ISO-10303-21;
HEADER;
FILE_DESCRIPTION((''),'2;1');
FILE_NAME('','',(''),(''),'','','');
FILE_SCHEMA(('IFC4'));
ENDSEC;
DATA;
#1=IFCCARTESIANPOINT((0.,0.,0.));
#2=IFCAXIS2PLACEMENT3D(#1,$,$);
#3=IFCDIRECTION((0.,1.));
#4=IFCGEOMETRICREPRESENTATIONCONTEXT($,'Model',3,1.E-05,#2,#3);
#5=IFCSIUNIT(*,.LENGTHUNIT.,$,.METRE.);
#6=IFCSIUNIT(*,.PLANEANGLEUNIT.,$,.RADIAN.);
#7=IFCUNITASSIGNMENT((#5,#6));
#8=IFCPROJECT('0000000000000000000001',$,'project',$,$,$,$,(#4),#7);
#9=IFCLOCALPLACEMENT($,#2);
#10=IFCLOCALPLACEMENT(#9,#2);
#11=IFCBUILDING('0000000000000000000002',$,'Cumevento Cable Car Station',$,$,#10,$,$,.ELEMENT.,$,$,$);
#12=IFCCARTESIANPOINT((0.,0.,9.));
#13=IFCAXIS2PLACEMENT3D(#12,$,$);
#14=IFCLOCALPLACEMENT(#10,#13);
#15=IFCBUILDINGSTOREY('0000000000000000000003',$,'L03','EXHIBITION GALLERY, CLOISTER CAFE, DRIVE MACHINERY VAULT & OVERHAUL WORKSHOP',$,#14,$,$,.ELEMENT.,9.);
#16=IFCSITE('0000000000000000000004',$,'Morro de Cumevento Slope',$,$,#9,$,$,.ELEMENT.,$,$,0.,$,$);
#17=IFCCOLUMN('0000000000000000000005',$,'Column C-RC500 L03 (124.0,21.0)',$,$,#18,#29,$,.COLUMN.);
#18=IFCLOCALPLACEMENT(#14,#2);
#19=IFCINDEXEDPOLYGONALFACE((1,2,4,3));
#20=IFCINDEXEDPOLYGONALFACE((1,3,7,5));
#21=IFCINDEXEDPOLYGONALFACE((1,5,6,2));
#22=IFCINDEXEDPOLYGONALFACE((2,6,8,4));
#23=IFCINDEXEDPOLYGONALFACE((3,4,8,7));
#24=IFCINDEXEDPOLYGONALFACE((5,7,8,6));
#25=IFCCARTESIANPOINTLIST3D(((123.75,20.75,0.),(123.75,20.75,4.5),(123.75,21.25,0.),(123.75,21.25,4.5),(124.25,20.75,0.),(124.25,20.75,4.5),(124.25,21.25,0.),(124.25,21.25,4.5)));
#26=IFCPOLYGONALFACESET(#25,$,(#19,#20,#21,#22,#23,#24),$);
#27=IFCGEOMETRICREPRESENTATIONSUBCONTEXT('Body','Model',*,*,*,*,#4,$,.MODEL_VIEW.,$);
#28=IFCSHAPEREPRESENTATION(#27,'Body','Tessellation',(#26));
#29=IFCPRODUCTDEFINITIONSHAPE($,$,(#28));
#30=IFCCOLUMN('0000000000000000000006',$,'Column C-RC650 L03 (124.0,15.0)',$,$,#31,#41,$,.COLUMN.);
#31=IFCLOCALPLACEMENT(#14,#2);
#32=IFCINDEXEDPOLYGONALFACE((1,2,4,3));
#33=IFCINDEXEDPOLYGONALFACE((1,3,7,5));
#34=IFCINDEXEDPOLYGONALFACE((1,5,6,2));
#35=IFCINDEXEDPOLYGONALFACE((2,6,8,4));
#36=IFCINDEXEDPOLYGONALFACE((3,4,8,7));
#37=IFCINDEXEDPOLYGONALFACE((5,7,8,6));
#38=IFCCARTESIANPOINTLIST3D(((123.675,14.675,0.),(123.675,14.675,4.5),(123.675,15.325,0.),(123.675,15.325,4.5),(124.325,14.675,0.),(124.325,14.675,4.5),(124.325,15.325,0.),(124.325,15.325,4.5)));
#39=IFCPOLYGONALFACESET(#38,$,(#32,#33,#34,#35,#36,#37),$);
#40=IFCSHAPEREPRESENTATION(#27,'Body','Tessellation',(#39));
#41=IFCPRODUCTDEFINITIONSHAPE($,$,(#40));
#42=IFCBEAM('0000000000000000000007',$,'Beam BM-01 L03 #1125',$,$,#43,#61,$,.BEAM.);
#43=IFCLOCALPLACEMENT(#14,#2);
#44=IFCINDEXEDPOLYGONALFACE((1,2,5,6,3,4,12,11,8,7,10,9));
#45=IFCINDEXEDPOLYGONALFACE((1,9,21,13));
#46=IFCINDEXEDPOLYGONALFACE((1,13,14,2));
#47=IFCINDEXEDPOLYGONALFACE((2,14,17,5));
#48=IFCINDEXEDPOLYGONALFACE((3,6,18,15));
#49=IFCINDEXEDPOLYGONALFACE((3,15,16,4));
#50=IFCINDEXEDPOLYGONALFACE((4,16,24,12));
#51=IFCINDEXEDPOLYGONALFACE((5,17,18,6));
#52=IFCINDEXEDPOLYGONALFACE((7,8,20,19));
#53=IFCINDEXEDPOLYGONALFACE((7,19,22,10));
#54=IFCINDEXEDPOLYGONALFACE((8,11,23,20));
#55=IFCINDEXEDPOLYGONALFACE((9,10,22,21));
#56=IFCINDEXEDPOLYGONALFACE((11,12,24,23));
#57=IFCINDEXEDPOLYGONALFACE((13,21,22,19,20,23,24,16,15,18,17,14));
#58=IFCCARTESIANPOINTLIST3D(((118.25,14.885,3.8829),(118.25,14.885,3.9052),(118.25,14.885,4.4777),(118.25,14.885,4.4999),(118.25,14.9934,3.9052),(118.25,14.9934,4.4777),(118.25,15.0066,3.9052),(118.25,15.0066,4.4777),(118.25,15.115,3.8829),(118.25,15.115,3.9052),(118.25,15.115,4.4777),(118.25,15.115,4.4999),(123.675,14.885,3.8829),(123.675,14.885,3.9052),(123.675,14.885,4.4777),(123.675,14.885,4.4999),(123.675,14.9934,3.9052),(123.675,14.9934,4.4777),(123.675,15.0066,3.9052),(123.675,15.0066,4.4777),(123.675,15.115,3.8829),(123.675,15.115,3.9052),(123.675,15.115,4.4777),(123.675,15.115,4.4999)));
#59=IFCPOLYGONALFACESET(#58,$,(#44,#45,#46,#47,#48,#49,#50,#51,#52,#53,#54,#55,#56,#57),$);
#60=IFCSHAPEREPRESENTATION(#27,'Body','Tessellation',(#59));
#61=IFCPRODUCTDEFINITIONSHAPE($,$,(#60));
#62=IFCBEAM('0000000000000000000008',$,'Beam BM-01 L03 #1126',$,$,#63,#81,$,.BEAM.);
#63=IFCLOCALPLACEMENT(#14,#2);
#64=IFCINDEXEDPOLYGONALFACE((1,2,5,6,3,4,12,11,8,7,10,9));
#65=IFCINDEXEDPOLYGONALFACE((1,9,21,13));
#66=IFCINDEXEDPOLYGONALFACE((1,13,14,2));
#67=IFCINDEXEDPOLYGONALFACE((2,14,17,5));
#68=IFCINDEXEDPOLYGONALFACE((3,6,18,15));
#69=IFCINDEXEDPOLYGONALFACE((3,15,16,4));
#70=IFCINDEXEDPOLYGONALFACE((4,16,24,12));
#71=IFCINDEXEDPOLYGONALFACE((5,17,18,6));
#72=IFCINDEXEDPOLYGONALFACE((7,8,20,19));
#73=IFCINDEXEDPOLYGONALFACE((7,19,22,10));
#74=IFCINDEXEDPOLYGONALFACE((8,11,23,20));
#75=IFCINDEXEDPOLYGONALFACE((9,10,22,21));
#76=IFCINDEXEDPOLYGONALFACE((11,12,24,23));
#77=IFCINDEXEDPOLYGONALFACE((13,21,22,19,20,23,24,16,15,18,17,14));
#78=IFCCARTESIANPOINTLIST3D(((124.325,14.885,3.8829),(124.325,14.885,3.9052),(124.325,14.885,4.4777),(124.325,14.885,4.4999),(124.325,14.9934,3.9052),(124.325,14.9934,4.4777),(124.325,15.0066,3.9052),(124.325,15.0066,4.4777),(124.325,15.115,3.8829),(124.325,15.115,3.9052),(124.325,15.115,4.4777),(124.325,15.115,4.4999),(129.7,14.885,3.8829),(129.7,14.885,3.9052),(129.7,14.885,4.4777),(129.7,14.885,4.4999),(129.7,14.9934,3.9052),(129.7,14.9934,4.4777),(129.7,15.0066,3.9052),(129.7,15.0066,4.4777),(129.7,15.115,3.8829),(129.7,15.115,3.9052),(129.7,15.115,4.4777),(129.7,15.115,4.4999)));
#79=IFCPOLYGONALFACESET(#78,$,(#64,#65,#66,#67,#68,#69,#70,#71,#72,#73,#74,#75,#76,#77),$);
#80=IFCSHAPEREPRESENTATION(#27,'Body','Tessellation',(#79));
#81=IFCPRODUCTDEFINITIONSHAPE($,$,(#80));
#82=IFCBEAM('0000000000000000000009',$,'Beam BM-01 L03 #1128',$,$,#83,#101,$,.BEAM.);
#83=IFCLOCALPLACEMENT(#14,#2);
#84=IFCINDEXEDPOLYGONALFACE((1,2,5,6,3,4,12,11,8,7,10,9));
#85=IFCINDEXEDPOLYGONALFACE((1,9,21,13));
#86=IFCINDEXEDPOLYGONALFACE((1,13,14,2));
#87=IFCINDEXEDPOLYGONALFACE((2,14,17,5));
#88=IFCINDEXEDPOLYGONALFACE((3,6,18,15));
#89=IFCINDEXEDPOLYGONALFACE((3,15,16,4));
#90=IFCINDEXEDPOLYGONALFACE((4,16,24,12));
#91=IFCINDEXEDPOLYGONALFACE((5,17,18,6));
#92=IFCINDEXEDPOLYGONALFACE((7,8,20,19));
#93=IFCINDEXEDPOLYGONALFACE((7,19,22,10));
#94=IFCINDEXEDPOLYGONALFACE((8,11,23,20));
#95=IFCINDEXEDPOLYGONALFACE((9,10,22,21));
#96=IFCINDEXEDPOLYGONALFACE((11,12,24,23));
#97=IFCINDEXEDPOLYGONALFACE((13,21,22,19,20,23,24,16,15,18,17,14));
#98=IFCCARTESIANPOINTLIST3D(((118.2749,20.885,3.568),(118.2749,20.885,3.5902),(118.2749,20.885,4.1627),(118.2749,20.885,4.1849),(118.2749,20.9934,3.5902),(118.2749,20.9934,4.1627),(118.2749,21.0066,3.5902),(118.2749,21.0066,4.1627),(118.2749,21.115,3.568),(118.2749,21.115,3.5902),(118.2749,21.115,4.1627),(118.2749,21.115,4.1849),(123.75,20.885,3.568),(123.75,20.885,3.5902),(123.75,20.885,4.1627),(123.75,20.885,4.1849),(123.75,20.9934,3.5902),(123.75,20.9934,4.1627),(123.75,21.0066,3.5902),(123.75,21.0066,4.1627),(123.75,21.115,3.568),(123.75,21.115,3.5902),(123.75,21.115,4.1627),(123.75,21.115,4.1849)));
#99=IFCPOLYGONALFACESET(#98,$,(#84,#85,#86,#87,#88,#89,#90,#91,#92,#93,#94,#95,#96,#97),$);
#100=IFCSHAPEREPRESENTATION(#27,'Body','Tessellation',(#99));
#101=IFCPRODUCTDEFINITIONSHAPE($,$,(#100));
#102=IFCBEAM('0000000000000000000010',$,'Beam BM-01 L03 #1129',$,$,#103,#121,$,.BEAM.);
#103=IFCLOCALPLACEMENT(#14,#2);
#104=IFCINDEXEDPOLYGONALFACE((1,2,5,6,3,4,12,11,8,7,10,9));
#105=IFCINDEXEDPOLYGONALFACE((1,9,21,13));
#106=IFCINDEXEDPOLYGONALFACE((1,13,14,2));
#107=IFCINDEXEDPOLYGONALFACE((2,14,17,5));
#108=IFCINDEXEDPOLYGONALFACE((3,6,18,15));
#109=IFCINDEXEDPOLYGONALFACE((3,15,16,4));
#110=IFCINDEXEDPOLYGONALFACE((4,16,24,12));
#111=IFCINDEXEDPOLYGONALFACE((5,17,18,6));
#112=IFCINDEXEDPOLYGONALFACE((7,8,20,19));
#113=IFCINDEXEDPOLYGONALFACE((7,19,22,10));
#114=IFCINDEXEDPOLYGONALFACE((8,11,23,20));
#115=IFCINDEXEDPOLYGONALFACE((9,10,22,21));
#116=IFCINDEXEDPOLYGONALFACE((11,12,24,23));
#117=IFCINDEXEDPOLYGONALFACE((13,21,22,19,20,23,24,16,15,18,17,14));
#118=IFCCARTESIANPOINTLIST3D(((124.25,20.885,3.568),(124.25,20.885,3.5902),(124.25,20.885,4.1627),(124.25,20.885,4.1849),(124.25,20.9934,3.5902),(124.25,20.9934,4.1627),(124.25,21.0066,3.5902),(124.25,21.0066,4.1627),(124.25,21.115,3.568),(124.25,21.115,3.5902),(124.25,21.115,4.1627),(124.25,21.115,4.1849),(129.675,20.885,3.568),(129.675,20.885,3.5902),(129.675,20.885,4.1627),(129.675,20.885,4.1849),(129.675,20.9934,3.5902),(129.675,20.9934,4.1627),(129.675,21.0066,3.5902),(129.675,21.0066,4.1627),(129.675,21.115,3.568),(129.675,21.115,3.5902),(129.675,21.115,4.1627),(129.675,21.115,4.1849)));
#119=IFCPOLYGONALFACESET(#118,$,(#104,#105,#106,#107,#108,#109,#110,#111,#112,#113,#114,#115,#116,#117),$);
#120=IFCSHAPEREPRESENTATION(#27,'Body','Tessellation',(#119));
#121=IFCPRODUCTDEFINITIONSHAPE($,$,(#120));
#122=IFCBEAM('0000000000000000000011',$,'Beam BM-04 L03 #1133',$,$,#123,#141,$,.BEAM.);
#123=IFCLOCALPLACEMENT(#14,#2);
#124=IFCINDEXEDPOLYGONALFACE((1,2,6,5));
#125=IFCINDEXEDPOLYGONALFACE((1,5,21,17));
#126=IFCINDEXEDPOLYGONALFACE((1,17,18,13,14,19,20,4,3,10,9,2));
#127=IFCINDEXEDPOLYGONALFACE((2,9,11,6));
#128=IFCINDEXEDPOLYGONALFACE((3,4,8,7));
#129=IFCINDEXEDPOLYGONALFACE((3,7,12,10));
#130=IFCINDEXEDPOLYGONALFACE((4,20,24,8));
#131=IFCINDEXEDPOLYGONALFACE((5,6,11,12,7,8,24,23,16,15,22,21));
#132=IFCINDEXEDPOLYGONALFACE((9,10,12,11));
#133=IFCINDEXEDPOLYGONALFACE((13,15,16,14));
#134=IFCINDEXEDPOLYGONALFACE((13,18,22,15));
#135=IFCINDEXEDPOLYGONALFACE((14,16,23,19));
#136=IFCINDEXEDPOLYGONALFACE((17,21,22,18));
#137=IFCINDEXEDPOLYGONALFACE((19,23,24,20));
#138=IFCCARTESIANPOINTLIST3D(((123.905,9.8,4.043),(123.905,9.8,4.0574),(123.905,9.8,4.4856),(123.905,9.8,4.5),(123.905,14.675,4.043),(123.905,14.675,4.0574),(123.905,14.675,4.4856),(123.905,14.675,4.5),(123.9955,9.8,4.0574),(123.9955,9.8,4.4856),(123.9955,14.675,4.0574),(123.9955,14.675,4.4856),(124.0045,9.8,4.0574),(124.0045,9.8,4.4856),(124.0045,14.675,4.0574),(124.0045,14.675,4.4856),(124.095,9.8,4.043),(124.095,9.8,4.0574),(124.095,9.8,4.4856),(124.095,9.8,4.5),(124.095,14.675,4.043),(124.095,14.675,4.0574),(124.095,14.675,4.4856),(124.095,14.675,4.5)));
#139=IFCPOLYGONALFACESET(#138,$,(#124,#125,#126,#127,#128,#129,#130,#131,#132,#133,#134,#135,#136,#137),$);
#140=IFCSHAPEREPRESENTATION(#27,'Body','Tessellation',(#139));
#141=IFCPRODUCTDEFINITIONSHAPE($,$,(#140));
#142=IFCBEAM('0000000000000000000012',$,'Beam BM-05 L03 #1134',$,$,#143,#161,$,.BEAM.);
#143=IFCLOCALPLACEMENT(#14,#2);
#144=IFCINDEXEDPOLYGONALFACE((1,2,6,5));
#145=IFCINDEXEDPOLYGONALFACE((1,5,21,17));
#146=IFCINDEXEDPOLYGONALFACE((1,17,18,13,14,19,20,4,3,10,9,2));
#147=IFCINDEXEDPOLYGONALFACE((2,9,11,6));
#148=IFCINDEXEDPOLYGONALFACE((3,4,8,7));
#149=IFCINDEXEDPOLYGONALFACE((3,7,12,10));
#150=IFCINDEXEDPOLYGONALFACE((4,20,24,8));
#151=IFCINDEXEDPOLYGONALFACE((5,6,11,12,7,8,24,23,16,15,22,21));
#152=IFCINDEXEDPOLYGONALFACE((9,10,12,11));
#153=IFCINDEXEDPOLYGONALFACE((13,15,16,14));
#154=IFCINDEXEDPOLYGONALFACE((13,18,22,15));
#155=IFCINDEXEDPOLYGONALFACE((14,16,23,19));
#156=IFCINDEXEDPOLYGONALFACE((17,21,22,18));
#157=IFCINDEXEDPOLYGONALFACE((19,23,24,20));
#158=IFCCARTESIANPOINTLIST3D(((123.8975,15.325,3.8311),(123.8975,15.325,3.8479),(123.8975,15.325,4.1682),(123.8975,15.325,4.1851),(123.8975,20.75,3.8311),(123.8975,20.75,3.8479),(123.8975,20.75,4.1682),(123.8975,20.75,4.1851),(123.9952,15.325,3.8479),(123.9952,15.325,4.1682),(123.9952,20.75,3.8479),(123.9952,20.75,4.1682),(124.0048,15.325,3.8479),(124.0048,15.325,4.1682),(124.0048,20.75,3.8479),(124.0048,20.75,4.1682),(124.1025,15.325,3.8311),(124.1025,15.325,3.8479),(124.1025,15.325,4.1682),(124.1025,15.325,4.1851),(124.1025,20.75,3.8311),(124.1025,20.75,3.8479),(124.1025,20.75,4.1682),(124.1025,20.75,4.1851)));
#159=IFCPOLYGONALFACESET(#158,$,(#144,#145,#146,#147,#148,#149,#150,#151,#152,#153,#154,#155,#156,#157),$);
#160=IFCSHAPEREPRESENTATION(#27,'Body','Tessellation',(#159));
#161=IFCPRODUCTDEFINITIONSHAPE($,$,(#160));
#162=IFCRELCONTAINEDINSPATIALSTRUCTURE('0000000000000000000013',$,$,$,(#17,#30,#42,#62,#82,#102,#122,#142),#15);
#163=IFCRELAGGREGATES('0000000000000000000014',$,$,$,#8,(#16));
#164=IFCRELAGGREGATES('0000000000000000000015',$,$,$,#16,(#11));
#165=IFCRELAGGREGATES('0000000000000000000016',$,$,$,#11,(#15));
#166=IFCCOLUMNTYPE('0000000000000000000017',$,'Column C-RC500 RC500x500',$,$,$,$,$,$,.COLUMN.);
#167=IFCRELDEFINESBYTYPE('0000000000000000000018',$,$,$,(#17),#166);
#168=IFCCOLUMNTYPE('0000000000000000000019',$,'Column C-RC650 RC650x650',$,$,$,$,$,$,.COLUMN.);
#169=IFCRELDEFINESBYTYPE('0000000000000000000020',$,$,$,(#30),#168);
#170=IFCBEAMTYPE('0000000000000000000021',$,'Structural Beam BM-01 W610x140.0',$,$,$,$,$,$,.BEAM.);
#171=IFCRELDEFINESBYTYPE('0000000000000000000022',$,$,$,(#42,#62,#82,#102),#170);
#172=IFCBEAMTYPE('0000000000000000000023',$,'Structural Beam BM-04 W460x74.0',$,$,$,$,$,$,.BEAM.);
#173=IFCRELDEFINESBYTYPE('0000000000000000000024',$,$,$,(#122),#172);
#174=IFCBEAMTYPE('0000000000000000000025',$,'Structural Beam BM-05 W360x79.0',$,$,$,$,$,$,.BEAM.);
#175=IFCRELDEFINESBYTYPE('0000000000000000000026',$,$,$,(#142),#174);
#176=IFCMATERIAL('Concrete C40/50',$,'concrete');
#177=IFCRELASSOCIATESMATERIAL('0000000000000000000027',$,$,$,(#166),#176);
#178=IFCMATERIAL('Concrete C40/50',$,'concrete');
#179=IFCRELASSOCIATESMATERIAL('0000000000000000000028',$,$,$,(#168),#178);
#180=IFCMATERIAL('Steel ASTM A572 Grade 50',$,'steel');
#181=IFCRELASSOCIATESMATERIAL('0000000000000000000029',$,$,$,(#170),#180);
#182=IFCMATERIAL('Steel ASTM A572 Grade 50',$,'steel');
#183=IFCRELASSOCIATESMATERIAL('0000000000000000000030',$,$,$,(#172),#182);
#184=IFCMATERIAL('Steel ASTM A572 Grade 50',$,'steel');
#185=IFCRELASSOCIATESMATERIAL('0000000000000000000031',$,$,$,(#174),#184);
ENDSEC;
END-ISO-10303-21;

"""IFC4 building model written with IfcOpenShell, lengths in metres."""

from ifc_helpers import new_model, si_unit, direction, frame, origin, origin_2d, place, context, subcontext, project, spatial, rectangle, i_section, extrude, material, material_profile, profile_set, type_object, element, save


model = new_model("IFC4")

# Units and contexts
model_context = context("Model", 3, precision=1e-05, world=origin(), true_north=direction((0.0, 1.0)))
body_context = subcontext(model_context, "Body", "Model", "MODEL_VIEW")
ifc_project = project(units=[si_unit("LENGTHUNIT", "METRE"), si_unit("PLANEANGLEUNIT", "RADIAN")], contexts=[model_context])

# Site, building, storey
site_placement = place(None, origin())
site = spatial("IfcSite", under=ifc_project, at=site_placement, Name="Morro de Cumevento Slope", CompositionType="ELEMENT", RefElevation=0.0)
building_placement = place(site_placement, origin())
building = spatial("IfcBuilding", under=site, at=building_placement, Name="Cumevento Cable Car Station", CompositionType="ELEMENT")
storey_placement = place(building_placement, frame((0.0, 0.0, 9.0)))
storey = spatial("IfcBuildingStorey", under=building, at=storey_placement, Name="L03", Description="EXHIBITION GALLERY, CLOISTER CAFE, DRIVE MACHINERY VAULT & OVERHAUL WORKSHOP", CompositionType="ELEMENT", Elevation=9.0)

# Columns
ifc_material_1 = material(Name="Concrete C40/50", Category="concrete")
ifc_material_profile_1 = material_profile(ifc_material_1, rectangle(XDim=0.5, YDim=0.5, at=origin_2d()), Name="RC500x500")
ifc_profile_set_1 = profile_set([ifc_material_profile_1], Name="Concrete C40/50")
column_type_1 = type_object("IfcColumnType", Name="Column C-RC500 RC500x500", PredefinedType="COLUMN", material=ifc_profile_set_1)
column_1_placement = place(storey_placement, frame((124.0, 21.0, 0.0), z_axis=(0.0, 0.0, 1.0), x_axis=(1.0, 0.0, 0.0)))
element("IfcColumn", 1, at=column_1_placement, inside=storey, type_object=column_type_1, Name="Column C-RC500 L03 (124.0,21.0)", PredefinedType="COLUMN", context=body_context, shape_type="SweptSolid", body=[
    extrude(rectangle(XDim=0.5, YDim=0.5, at=origin_2d()), origin(), (0.0, 0.0, 1.0), 4.5),
])
ifc_material_2 = material(Name="Concrete C40/50", Category="concrete")
ifc_material_profile_2 = material_profile(ifc_material_2, rectangle(XDim=0.6499, YDim=0.6499, at=origin_2d()), Name="RC650x650")
ifc_profile_set_2 = profile_set([ifc_material_profile_2], Name="Concrete C40/50")
column_type_2 = type_object("IfcColumnType", Name="Column C-RC650 RC650x650", PredefinedType="COLUMN", material=ifc_profile_set_2)
column_2_placement = place(storey_placement, frame((124.0, 15.0, 0.0), z_axis=(0.0, 0.0, 1.0), x_axis=(1.0, 0.0, 0.0)))
element("IfcColumn", 2, at=column_2_placement, inside=storey, type_object=column_type_2, Name="Column C-RC650 L03 (124.0,15.0)", PredefinedType="COLUMN", context=body_context, shape_type="SweptSolid", body=[
    extrude(rectangle(XDim=0.6499, YDim=0.6499, at=origin_2d()), origin(), (0.0, 0.0, 1.0), 4.5),
])

# Beams
ifc_material_3 = material(Name="Steel ASTM A572 Grade 50", Category="steel")
ifc_material_profile_3 = material_profile(ifc_material_3, i_section(OverallWidth=0.23, OverallDepth=0.6169, WebThickness=0.0132, FlangeThickness=0.0222, at=origin_2d()), Name="W610x140.0")
ifc_profile_set_3 = profile_set([ifc_material_profile_3], Name="Steel ASTM A572 Grade 50")
beam_type_1 = type_object("IfcBeamType", Name="Structural Beam BM-01 W610x140.0", PredefinedType="BEAM", material=ifc_profile_set_3)
beam_1_placement = place(storey_placement, frame((118.25, 15.0, 4.1914), z_axis=(1.0, 0.0, 0.0), x_axis=(0.0, 1.0, 0.0)))
element("IfcBeam", 3, at=beam_1_placement, inside=storey, type_object=beam_type_1, Name="Beam BM-01 L03 #1125", PredefinedType="BEAM", context=body_context, shape_type="SweptSolid", body=[
    extrude(i_section(OverallWidth=0.23, OverallDepth=0.6169, WebThickness=0.0132, FlangeThickness=0.0222, at=origin_2d()), origin(), (0.0, 0.0, 1.0), 5.425),
])
beam_2_placement = place(storey_placement, frame((124.325, 15.0, 4.1914), z_axis=(1.0, 0.0, 0.0), x_axis=(0.0, 1.0, 0.0)))
element("IfcBeam", 4, at=beam_2_placement, inside=storey, type_object=beam_type_1, Name="Beam BM-01 L03 #1126", PredefinedType="BEAM", context=body_context, shape_type="SweptSolid", body=[
    extrude(i_section(OverallWidth=0.23, OverallDepth=0.6169, WebThickness=0.0132, FlangeThickness=0.0222, at=origin_2d()), origin(), (0.0, 0.0, 1.0), 5.375),
])
beam_3_placement = place(storey_placement, frame((118.2749, 21.0, 3.8765), z_axis=(1.0, 0.0, 0.0), x_axis=(0.0, 1.0, 0.0)))
element("IfcBeam", 5, at=beam_3_placement, inside=storey, type_object=beam_type_1, Name="Beam BM-01 L03 #1128", PredefinedType="BEAM", context=body_context, shape_type="SweptSolid", body=[
    extrude(i_section(OverallWidth=0.23, OverallDepth=0.6169, WebThickness=0.0132, FlangeThickness=0.0222, at=origin_2d()), origin(), (0.0, 0.0, 1.0), 5.4751),
])
beam_4_placement = place(storey_placement, frame((124.25, 21.0, 3.8765), z_axis=(1.0, 0.0, 0.0), x_axis=(0.0, 1.0, 0.0)))
element("IfcBeam", 6, at=beam_4_placement, inside=storey, type_object=beam_type_1, Name="Beam BM-01 L03 #1129", PredefinedType="BEAM", context=body_context, shape_type="SweptSolid", body=[
    extrude(i_section(OverallWidth=0.23, OverallDepth=0.6169, WebThickness=0.0132, FlangeThickness=0.0222, at=origin_2d()), origin(), (0.0, 0.0, 1.0), 5.425),
])
ifc_material_4 = material(Name="Steel ASTM A572 Grade 50", Category="steel")
ifc_material_profile_4 = material_profile(ifc_material_4, i_section(OverallWidth=0.1899, OverallDepth=0.457, WebThickness=0.009, FlangeThickness=0.0144, at=origin_2d()), Name="W460x74.0")
ifc_profile_set_4 = profile_set([ifc_material_profile_4], Name="Steel ASTM A572 Grade 50")
beam_type_2 = type_object("IfcBeamType", Name="Structural Beam BM-04 W460x74.0", PredefinedType="BEAM", material=ifc_profile_set_4)
beam_5_placement = place(storey_placement, frame((124.0, 9.8, 4.2715), z_axis=(0.0, 1.0, 0.0), x_axis=(-1.0, 0.0, 0.0)))
element("IfcBeam", 7, at=beam_5_placement, inside=storey, type_object=beam_type_2, Name="Beam BM-04 L03 #1133", PredefinedType="BEAM", context=body_context, shape_type="SweptSolid", body=[
    extrude(i_section(OverallWidth=0.1899, OverallDepth=0.457, WebThickness=0.009, FlangeThickness=0.0144, at=origin_2d()), origin(), (0.0, 0.0, 1.0), 4.875),
])
ifc_material_5 = material(Name="Steel ASTM A572 Grade 50", Category="steel")
ifc_material_profile_5 = material_profile(ifc_material_5, i_section(OverallWidth=0.2051, OverallDepth=0.354, WebThickness=0.0095, FlangeThickness=0.0168, at=origin_2d()), Name="W360x79.0")
ifc_profile_set_5 = profile_set([ifc_material_profile_5], Name="Steel ASTM A572 Grade 50")
beam_type_3 = type_object("IfcBeamType", Name="Structural Beam BM-05 W360x79.0", PredefinedType="BEAM", material=ifc_profile_set_5)
beam_6_placement = place(storey_placement, frame((124.0, 15.325, 4.0081), z_axis=(0.0, 1.0, 0.0), x_axis=(-1.0, 0.0, 0.0)))
element("IfcBeam", 8, at=beam_6_placement, inside=storey, type_object=beam_type_3, Name="Beam BM-05 L03 #1134", PredefinedType="BEAM", context=body_context, shape_type="SweptSolid", body=[
    extrude(i_section(OverallWidth=0.2051, OverallDepth=0.354, WebThickness=0.0095, FlangeThickness=0.0168, at=origin_2d()), origin(), (0.0, 0.0, 1.0), 5.425),
])

save(model, "model.ifc")
